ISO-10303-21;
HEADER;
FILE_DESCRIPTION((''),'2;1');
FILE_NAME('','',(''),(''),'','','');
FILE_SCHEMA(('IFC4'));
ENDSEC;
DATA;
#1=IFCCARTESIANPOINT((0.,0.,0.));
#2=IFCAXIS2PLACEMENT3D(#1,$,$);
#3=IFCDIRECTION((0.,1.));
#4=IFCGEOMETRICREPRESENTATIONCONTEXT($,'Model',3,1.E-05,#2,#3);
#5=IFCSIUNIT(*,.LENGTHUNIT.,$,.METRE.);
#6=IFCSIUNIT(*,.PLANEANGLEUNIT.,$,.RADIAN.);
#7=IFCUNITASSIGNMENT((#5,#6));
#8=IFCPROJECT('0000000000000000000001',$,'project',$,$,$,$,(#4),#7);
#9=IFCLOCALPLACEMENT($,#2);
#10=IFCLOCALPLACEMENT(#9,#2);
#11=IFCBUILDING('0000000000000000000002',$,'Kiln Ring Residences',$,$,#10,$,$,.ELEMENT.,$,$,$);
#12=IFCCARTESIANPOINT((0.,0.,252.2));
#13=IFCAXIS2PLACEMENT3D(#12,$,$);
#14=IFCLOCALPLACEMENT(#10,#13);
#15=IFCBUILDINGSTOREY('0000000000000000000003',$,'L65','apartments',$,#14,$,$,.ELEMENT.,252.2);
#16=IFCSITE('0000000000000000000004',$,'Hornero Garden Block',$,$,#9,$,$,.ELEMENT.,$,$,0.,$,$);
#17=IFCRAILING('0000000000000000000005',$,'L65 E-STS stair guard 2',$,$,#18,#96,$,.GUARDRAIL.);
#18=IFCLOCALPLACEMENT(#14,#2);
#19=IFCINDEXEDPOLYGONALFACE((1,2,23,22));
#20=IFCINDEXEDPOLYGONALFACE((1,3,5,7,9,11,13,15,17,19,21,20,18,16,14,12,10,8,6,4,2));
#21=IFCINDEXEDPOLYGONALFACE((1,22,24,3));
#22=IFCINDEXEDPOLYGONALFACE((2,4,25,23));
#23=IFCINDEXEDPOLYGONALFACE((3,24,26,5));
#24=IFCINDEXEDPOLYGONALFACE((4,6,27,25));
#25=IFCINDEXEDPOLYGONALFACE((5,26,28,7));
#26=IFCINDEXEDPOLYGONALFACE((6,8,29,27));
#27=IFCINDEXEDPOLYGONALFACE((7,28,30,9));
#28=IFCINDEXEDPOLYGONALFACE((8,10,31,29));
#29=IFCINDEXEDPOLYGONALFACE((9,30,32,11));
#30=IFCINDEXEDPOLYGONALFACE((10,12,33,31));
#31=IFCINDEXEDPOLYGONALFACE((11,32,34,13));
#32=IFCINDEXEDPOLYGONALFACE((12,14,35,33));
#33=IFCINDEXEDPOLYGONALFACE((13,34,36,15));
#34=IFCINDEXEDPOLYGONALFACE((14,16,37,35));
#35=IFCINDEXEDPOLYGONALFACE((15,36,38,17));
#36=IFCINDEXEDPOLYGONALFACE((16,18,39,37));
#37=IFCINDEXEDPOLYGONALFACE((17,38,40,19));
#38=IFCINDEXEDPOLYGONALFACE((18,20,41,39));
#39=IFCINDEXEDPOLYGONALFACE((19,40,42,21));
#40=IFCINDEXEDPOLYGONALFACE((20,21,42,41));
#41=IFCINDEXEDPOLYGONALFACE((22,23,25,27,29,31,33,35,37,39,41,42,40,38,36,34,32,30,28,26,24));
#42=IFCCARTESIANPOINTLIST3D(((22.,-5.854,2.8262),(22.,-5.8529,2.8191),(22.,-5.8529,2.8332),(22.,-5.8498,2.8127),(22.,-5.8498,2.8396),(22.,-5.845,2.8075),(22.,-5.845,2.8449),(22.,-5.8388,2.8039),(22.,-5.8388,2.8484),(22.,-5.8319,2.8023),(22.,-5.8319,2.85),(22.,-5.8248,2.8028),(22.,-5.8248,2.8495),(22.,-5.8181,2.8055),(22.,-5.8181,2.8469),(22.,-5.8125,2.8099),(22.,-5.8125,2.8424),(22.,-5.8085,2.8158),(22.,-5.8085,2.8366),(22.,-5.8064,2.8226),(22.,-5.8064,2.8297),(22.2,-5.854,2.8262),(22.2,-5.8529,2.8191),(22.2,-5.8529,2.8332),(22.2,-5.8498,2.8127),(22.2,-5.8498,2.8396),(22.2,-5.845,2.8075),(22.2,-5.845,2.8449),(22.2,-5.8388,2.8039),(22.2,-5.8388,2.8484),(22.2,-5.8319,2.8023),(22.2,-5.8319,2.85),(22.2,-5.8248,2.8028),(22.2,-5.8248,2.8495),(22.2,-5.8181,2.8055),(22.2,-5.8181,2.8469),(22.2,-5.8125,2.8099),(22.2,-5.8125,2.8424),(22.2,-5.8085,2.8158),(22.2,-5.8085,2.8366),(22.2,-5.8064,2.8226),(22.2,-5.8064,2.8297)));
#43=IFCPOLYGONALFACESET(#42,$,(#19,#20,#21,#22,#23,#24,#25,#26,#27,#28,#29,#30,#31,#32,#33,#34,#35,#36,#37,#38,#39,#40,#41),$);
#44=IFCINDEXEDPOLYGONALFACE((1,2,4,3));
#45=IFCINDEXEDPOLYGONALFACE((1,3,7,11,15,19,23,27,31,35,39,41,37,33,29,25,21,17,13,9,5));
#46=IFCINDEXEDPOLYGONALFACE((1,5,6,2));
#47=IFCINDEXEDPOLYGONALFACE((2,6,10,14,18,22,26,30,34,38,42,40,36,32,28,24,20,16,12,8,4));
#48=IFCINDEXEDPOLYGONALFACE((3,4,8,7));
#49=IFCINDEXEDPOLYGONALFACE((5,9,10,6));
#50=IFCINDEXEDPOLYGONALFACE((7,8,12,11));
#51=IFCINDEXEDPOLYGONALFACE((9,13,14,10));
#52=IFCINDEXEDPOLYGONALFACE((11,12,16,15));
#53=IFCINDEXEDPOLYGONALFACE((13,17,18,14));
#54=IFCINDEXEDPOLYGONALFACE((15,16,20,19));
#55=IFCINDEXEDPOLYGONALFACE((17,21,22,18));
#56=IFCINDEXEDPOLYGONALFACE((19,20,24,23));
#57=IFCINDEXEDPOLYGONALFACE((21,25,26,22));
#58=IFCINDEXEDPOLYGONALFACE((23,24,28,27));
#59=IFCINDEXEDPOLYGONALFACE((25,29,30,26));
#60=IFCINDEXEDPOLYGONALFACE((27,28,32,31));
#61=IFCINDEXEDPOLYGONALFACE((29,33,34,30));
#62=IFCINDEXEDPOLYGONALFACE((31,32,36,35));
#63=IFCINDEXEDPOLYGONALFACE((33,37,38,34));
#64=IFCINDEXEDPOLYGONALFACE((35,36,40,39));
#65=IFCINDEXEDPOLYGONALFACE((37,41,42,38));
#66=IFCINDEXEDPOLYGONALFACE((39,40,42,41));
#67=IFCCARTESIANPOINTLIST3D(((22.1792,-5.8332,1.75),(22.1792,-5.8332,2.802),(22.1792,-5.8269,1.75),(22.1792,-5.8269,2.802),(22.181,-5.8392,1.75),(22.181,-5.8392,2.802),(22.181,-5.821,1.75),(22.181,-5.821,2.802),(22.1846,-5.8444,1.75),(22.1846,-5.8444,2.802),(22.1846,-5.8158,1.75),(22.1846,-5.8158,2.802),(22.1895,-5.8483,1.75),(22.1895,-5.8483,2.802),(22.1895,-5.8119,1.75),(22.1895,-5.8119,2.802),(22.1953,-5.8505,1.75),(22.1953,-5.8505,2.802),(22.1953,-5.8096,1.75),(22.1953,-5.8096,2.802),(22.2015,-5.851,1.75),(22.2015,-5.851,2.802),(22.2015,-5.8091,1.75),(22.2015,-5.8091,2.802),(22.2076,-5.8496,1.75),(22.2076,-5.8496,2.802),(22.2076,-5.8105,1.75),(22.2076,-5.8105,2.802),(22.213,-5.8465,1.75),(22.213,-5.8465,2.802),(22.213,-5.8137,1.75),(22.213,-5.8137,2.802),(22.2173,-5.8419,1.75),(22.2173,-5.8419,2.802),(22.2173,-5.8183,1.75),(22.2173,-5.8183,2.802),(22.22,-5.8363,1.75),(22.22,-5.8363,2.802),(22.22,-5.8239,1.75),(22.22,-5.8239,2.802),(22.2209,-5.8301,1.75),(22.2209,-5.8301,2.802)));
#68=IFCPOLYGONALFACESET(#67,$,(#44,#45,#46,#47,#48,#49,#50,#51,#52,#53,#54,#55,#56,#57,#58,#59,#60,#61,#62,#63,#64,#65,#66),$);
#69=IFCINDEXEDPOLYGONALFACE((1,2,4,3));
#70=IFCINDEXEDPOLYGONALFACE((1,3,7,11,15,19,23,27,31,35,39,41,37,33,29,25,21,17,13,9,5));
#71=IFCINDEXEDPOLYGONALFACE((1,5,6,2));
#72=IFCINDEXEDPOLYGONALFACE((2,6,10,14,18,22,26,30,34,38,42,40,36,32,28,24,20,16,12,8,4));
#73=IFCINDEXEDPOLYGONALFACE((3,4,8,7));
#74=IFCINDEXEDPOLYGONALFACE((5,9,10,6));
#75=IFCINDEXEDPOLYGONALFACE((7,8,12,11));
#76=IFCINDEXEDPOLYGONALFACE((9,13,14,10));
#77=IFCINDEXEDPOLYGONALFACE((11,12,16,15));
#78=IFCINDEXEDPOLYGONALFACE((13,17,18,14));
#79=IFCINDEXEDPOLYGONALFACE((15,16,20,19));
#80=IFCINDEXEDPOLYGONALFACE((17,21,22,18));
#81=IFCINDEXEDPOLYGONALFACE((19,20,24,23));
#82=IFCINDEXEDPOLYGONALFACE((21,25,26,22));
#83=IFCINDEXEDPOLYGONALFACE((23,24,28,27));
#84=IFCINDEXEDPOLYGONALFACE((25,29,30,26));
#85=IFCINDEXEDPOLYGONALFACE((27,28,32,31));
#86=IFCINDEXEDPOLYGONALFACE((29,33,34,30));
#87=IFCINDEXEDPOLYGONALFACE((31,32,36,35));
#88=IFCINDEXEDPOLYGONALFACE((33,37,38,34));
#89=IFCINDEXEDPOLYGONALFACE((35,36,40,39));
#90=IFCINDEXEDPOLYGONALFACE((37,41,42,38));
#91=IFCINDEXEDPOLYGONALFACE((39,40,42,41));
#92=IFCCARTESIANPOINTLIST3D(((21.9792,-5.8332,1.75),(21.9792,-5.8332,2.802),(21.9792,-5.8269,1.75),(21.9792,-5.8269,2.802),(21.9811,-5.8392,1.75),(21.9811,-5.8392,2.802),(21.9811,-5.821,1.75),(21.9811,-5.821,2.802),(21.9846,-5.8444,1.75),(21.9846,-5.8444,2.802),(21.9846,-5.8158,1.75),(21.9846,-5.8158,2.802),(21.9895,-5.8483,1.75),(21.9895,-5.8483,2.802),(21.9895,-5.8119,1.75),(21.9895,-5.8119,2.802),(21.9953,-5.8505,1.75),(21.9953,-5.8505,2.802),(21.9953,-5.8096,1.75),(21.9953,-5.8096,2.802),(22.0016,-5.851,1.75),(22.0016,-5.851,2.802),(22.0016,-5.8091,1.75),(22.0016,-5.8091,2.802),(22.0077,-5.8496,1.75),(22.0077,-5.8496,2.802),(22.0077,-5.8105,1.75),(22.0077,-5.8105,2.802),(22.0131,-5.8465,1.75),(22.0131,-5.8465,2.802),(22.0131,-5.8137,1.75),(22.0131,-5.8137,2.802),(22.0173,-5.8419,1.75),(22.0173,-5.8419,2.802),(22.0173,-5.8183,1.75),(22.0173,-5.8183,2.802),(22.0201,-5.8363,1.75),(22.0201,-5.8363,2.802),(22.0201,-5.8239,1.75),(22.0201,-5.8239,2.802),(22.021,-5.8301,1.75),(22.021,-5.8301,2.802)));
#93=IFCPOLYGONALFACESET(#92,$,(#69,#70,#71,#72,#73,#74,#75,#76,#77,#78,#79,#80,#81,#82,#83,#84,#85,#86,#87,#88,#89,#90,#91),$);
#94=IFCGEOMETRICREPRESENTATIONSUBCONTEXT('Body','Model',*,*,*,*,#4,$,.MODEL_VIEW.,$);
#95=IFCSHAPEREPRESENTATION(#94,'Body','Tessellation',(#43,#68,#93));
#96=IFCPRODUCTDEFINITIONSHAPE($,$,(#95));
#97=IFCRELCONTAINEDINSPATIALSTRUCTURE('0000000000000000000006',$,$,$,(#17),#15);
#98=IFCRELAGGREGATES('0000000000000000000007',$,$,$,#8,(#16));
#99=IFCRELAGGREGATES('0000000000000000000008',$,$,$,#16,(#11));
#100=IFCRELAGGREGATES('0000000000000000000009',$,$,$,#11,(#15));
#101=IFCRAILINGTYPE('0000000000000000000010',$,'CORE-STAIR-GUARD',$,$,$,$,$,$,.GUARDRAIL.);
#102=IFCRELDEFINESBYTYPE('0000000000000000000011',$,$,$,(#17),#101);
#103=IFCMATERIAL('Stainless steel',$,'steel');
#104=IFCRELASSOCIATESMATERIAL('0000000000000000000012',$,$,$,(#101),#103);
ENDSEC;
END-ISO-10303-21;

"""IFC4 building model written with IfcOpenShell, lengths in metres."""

from ifc_helpers import new_model, si_unit, direction, frame, origin, origin_2d, place, context, subcontext, project, spatial, circle, extrude, material, type_object, element, save


model = new_model("IFC4")

# Units and contexts
model_context = context("Model", 3, precision=1e-05, world=origin(), true_north=direction((0.0, 1.0)))
body_context = subcontext(model_context, "Body", "Model", "MODEL_VIEW")
ifc_project = project(units=[si_unit("LENGTHUNIT", "METRE"), si_unit("PLANEANGLEUNIT", "RADIAN")], contexts=[model_context])

# Site, building, storey
site_placement = place(None, origin())
site = spatial("IfcSite", under=ifc_project, at=site_placement, Name="Hornero Garden Block", CompositionType="ELEMENT", RefElevation=0.0)
building_placement = place(site_placement, origin())
building = spatial("IfcBuilding", under=site, at=building_placement, Name="Kiln Ring Residences", CompositionType="ELEMENT")
storey_placement = place(building_placement, frame((0.0, 0.0, 252.2)))
storey = spatial("IfcBuildingStorey", under=building, at=storey_placement, Name="L65", Description="apartments", CompositionType="ELEMENT", Elevation=252.2)

# Railing
ifc_material_1 = material(Name="Stainless steel", Category="steel")
railing_type_1 = type_object("IfcRailingType", Name="CORE-STAIR-GUARD", PredefinedType="GUARDRAIL", material=ifc_material_1)
railing_1_placement = place(storey_placement, frame((22.2, -5.8301, 1.75)))
element("IfcRailing", 1, at=railing_1_placement, inside=storey, type_object=railing_type_1, Name="L65 E-STS stair guard 2", PredefinedType="GUARDRAIL", context=body_context, shape_type="SweptSolid", body=[
    extrude(circle(Radius=0.0239, at=origin_2d()), frame((0.0, 0.0, 1.0762), z_axis=(-1.0, 0.0, 0.0), x_axis=(0.0, -1.0, 0.0)), (0.0, 0.0, 1.0), 0.2),
    extrude(circle(Radius=0.021, at=origin_2d()), origin(), (0.0, 0.0, 1.0), 1.052),
    extrude(circle(Radius=0.021, at=origin_2d()), frame((-0.2, 0.0, 0.0)), (0.0, 0.0, 1.0), 1.052),
])

save(model, "model.ifc")
